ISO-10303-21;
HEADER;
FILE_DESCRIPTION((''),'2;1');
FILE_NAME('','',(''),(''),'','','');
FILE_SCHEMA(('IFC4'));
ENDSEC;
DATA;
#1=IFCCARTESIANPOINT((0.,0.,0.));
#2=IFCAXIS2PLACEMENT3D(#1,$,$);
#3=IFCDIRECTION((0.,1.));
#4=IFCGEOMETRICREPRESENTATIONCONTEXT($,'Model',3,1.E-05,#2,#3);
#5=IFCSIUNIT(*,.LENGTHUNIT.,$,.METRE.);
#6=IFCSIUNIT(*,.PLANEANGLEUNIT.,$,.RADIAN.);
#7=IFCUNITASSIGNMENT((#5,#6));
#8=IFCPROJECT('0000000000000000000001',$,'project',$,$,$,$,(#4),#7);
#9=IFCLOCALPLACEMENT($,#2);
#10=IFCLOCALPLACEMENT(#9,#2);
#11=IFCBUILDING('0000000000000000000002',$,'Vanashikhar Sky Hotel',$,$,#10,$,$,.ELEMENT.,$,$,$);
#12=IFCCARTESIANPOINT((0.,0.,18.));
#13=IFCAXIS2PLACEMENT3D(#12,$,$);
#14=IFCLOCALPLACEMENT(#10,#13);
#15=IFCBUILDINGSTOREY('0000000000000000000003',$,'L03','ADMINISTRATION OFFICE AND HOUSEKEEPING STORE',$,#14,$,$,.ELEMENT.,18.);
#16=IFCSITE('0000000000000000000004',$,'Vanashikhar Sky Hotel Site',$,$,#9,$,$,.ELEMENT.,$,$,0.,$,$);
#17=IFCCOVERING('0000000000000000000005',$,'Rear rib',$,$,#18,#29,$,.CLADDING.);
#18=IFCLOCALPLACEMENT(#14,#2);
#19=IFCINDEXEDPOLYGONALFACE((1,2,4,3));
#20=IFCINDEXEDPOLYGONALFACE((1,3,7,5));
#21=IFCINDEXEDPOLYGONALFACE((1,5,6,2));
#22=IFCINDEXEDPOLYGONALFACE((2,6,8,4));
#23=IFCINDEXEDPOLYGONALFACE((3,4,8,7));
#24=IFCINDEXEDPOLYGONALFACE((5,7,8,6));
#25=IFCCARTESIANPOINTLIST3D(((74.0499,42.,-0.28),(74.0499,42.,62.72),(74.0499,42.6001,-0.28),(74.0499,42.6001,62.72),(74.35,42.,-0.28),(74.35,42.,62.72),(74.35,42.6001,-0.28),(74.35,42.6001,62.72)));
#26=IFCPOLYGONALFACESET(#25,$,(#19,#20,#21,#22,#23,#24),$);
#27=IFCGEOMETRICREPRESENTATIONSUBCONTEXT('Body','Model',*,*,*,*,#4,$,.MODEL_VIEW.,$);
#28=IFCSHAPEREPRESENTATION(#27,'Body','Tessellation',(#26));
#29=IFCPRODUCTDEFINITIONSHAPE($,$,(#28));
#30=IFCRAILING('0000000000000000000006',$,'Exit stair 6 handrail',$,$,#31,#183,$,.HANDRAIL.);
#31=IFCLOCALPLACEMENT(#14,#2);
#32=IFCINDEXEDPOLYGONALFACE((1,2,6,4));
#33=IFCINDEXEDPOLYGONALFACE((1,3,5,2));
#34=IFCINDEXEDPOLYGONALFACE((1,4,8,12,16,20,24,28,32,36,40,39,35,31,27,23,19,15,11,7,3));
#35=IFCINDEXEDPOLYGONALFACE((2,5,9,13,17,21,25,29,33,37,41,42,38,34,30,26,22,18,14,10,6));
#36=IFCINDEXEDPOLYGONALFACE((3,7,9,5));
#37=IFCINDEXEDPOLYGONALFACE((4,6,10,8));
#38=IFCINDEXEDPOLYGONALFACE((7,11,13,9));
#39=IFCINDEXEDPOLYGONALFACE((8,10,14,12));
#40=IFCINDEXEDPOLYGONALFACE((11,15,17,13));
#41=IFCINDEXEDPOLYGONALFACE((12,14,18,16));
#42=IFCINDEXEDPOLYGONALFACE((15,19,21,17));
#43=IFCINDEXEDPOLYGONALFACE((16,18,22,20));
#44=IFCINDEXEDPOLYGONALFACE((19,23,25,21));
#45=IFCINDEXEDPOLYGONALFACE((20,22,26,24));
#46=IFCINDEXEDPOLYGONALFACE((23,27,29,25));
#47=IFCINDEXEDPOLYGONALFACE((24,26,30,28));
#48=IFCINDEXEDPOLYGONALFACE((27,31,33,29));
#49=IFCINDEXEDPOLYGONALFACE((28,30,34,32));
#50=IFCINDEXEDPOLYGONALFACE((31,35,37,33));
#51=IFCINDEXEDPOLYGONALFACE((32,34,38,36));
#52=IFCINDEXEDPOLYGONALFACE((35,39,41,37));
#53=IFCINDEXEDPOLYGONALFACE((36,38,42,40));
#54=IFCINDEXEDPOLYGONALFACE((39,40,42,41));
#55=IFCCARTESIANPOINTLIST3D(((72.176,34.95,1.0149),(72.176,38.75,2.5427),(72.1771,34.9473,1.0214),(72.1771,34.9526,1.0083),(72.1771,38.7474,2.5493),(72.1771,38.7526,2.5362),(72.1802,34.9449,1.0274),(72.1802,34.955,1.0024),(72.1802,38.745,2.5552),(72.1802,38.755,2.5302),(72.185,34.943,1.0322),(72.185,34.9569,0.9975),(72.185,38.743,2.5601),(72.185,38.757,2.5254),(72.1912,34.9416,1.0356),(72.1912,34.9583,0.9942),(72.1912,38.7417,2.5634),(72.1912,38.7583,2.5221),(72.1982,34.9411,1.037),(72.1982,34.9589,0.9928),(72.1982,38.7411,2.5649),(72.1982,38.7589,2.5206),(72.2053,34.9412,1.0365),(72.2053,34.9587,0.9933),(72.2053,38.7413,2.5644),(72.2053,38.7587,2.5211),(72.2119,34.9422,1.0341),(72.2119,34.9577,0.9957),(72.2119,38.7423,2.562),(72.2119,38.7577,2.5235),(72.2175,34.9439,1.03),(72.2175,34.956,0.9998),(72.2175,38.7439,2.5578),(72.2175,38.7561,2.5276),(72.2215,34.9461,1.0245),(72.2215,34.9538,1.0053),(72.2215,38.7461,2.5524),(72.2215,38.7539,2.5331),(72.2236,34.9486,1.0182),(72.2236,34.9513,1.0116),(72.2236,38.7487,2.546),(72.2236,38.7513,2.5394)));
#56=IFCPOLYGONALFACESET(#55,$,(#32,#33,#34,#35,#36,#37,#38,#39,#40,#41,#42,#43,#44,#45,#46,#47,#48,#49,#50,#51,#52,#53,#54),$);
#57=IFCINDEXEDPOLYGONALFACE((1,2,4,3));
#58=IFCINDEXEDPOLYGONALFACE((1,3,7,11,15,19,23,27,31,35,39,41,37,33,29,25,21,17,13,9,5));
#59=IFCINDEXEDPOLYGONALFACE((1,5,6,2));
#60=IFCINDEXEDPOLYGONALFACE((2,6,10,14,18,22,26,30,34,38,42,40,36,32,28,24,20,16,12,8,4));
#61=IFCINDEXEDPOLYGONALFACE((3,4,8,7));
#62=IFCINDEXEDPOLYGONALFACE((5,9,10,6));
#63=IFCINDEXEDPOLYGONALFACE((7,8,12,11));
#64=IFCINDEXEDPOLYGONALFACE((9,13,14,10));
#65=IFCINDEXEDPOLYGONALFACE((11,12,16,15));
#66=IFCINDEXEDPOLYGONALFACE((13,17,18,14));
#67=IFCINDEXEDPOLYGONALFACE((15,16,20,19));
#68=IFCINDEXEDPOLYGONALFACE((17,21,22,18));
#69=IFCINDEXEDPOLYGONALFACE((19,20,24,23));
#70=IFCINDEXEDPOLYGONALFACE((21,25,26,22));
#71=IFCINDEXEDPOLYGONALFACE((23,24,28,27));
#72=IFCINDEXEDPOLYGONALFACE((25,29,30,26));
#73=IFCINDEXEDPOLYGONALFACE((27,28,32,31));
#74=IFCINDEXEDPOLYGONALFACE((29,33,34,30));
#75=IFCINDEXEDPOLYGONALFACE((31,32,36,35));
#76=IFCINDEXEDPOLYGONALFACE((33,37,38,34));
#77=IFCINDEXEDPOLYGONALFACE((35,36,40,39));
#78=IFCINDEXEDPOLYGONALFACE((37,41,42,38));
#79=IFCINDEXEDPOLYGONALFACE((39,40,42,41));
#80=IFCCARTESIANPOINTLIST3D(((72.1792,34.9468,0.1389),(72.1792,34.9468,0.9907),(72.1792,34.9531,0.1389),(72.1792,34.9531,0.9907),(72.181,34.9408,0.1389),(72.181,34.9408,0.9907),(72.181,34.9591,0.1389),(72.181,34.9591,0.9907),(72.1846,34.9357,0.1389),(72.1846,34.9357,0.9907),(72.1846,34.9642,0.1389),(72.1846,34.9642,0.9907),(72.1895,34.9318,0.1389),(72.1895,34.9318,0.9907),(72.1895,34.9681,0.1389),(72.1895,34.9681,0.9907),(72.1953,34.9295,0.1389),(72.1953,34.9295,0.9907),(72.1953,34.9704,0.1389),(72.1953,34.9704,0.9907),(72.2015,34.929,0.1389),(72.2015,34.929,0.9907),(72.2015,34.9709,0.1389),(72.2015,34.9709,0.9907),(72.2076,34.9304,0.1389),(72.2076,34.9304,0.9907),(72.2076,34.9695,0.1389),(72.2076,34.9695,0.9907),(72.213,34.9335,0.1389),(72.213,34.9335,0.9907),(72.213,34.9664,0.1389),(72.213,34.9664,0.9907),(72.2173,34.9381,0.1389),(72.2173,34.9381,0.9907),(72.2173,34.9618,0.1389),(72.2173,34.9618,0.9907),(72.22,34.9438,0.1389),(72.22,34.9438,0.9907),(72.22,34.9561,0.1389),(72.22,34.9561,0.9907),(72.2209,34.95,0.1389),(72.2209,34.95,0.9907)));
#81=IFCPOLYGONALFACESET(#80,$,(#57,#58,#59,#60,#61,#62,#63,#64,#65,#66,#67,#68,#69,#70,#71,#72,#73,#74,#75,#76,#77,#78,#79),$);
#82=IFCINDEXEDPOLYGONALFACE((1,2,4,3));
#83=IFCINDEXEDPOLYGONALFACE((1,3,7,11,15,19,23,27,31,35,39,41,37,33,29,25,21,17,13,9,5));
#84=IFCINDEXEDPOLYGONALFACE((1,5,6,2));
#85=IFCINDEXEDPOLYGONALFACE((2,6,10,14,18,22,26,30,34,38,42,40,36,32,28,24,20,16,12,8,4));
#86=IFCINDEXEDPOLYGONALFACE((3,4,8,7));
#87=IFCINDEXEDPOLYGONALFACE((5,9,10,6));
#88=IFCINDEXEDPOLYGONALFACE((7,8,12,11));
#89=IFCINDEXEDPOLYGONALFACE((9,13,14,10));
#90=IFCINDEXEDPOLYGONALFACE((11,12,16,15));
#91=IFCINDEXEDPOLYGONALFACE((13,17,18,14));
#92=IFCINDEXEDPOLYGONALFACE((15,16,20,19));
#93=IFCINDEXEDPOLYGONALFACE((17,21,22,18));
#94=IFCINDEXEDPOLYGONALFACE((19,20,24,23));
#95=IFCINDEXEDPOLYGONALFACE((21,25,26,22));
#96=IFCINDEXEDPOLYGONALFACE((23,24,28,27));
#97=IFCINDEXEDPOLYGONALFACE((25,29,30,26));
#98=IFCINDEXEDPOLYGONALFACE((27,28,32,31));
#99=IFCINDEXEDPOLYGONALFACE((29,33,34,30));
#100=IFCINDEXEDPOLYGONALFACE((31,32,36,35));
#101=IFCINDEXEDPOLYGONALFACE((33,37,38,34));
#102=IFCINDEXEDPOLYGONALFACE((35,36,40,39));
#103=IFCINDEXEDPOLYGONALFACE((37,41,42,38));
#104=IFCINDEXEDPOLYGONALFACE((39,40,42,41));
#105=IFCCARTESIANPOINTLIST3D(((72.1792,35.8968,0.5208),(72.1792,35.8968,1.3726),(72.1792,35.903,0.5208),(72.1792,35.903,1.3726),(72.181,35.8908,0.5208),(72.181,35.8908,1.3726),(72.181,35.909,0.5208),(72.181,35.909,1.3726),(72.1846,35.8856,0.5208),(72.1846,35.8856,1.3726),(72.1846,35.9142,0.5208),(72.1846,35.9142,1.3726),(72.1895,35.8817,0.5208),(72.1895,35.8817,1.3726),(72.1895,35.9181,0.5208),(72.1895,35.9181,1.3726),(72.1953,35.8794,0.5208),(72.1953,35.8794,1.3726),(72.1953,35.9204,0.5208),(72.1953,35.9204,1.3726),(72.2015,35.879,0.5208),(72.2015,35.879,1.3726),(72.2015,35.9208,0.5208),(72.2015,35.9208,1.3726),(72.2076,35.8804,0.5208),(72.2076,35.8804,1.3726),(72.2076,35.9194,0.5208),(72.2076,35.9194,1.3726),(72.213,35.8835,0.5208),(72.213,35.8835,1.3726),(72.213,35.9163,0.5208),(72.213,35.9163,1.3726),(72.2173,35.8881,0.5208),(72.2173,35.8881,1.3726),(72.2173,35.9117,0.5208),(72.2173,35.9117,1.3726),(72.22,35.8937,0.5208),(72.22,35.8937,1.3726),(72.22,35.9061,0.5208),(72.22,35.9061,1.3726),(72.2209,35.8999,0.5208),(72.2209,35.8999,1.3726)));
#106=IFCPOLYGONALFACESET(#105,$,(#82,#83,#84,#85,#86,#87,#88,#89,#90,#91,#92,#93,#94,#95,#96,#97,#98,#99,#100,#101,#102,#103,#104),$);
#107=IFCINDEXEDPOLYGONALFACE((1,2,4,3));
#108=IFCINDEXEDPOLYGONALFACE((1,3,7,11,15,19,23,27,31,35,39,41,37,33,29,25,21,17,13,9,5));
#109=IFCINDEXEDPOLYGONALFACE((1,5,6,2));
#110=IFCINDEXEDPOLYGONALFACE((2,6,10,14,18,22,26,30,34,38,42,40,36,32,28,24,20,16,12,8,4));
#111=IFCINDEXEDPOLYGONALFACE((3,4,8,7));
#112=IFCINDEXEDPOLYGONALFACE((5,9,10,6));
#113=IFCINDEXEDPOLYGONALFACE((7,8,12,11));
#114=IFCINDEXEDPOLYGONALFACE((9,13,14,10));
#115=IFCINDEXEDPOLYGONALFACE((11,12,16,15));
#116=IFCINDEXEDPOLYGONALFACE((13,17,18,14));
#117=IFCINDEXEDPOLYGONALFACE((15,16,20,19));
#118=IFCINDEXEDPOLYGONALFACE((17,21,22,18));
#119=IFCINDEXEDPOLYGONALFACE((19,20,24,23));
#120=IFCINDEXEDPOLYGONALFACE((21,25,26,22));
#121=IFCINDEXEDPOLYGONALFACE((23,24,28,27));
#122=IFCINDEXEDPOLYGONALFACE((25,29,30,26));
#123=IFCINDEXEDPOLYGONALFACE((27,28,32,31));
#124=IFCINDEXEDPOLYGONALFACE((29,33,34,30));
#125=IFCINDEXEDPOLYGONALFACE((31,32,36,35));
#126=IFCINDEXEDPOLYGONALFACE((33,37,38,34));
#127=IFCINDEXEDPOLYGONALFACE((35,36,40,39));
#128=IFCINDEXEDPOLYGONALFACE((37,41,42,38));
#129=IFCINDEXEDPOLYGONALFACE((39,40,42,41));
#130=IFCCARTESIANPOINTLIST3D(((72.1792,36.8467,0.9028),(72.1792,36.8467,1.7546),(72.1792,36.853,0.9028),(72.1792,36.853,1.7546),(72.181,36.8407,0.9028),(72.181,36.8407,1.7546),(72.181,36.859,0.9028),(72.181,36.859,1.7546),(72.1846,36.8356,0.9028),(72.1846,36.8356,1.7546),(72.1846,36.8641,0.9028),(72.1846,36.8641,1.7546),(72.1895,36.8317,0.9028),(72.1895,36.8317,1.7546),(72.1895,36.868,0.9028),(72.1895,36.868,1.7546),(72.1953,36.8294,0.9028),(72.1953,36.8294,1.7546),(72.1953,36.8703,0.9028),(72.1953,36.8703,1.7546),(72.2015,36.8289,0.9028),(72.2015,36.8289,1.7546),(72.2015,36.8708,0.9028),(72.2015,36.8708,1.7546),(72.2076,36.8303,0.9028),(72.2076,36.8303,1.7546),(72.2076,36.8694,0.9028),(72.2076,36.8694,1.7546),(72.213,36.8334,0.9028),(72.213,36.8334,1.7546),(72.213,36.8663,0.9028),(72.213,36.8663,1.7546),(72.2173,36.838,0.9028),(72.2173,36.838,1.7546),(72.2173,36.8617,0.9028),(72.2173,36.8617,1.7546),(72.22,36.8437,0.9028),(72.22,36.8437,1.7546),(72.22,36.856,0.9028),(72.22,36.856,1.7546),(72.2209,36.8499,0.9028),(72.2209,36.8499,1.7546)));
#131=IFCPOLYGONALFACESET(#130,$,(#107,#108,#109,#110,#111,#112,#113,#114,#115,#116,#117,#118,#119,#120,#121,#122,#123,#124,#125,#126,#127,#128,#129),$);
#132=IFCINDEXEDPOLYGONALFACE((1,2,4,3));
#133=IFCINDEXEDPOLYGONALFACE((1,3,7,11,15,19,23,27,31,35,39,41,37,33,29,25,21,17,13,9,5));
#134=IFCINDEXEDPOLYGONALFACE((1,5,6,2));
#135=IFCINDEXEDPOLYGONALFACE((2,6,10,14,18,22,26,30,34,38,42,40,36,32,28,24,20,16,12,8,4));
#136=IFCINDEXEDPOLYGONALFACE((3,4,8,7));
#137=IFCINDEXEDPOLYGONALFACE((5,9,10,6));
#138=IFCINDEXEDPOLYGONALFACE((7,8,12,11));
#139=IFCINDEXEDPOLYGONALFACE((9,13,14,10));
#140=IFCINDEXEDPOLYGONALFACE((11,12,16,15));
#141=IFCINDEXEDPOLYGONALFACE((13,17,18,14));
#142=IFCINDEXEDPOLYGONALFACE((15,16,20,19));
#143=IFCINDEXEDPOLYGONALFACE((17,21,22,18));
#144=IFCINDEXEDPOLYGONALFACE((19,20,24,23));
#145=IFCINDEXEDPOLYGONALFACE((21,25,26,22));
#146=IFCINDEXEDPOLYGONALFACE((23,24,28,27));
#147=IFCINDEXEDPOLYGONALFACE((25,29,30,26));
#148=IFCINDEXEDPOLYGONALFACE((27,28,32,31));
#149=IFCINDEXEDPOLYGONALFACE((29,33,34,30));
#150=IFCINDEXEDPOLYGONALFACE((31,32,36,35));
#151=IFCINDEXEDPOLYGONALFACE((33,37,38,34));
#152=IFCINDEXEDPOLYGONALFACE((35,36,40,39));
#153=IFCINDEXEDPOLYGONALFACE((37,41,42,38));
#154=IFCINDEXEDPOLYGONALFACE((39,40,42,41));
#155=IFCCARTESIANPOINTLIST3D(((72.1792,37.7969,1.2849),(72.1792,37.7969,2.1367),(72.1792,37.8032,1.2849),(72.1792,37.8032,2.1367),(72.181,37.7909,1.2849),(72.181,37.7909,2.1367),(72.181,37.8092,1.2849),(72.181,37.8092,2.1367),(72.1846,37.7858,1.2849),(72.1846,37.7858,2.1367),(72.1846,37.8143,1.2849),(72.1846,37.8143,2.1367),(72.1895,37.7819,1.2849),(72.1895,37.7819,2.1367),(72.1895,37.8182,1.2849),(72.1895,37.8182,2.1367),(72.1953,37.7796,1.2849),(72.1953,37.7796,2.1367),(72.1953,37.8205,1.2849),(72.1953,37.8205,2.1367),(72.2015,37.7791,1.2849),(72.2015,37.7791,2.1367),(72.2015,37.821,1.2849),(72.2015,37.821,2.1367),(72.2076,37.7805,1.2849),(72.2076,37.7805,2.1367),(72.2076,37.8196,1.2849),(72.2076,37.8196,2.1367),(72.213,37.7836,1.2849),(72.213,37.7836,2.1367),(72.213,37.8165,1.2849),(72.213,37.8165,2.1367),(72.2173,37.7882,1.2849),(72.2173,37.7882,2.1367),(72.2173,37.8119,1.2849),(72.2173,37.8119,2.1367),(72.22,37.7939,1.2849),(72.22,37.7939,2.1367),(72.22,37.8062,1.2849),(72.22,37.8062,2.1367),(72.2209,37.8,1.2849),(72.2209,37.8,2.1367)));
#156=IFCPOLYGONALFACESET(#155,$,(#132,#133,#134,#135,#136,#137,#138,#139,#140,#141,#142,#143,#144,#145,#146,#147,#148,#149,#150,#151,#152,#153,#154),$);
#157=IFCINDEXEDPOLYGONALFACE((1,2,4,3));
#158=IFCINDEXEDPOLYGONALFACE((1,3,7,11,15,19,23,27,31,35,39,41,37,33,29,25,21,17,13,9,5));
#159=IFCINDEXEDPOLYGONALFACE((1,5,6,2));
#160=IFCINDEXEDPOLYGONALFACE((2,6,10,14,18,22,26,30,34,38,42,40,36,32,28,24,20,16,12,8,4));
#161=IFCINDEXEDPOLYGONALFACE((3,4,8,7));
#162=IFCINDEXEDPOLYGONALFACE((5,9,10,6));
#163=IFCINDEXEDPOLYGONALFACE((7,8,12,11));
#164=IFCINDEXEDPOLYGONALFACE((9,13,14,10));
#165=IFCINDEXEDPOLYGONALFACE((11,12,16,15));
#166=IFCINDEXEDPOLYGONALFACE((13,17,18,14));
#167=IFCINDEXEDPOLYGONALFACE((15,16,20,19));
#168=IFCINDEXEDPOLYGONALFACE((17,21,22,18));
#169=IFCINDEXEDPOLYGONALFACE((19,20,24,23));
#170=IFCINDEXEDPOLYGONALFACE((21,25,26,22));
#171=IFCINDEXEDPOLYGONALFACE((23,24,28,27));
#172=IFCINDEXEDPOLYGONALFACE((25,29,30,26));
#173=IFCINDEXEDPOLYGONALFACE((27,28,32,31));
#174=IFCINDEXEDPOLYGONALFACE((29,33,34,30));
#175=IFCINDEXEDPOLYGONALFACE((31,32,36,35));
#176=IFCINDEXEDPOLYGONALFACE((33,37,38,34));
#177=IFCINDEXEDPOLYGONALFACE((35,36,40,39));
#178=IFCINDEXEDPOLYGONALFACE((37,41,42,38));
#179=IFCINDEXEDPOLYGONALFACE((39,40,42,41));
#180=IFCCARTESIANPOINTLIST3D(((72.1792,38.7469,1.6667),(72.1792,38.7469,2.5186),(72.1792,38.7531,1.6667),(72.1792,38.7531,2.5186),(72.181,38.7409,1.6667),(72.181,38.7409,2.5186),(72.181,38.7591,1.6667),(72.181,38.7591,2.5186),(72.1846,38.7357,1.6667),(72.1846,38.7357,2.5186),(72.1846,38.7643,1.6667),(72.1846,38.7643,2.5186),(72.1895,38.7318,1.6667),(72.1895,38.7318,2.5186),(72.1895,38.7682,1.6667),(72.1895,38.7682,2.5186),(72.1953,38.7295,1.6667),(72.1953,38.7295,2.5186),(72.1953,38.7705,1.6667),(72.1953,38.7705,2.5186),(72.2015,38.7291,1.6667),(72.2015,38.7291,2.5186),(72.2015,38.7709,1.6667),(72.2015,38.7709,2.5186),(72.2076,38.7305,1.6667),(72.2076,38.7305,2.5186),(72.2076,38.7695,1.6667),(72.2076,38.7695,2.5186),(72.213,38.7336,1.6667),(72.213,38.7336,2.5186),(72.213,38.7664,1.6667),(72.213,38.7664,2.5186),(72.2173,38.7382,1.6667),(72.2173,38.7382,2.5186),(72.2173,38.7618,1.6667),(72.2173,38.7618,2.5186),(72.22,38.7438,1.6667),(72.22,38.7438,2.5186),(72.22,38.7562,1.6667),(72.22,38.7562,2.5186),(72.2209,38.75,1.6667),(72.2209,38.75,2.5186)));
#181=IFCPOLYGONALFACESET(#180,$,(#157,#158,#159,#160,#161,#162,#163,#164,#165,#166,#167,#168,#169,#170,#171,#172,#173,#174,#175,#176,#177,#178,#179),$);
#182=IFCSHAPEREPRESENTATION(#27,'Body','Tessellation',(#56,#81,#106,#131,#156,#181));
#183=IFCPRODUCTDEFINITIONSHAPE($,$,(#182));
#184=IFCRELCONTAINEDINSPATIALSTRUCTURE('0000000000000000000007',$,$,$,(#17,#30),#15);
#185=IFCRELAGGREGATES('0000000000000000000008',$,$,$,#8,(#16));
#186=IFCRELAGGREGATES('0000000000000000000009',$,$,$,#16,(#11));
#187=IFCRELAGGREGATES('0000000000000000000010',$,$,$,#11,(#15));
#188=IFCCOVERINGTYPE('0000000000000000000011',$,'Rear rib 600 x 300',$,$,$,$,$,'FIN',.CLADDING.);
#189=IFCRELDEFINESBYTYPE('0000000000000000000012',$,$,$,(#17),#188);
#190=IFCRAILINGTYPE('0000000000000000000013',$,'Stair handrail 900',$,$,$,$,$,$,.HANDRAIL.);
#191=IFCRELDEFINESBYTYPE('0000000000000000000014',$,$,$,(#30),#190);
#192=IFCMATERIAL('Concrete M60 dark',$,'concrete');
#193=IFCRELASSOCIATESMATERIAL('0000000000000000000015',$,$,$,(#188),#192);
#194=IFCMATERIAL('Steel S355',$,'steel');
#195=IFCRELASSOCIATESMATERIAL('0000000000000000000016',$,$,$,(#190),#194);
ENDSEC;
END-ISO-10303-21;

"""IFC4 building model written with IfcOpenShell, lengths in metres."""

from ifc_helpers import new_model, si_unit, direction, frame, origin, origin_2d, place, context, subcontext, project, spatial, rectangle, circle, extrude, source, transform, mapped, material, material_profile, profile_set, type_object, element, save


model = new_model("IFC4")

# Units and contexts
model_context = context("Model", 3, precision=1e-05, world=origin(), true_north=direction((0.0, 1.0)))
body_context = subcontext(model_context, "Body", "Model", "MODEL_VIEW")
ifc_project = project(units=[si_unit("LENGTHUNIT", "METRE"), si_unit("PLANEANGLEUNIT", "RADIAN")], contexts=[model_context])

# Site, building, storey
site_placement = place(None, origin())
site = spatial("IfcSite", under=ifc_project, at=site_placement, Name="Vanashikhar Sky Hotel Site", CompositionType="ELEMENT", RefElevation=0.0)
building_placement = place(site_placement, origin())
building = spatial("IfcBuilding", under=site, at=building_placement, Name="Vanashikhar Sky Hotel", CompositionType="ELEMENT")
storey_placement = place(building_placement, frame((0.0, 0.0, 18.0)))
storey = spatial("IfcBuildingStorey", under=building, at=storey_placement, Name="L03", Description="ADMINISTRATION OFFICE AND HOUSEKEEPING STORE", CompositionType="ELEMENT", Elevation=18.0)

# Covering
ifc_material_1 = material(Name="Concrete M60 dark", Category="concrete")
ifc_material_profile_1 = material_profile(ifc_material_1, rectangle(XDim=0.6001, YDim=0.3, at=origin_2d()))
ifc_profile_set_1 = profile_set([ifc_material_profile_1], Name="Rear rib 600 x 300")
covering_type = type_object("IfcCoveringType", Name="Rear rib 600 x 300", ElementType="FIN", PredefinedType="CLADDING", material=ifc_profile_set_1)
shared_shape_1 = source(origin(), body_context, "Body", "SweptSolid", [
    extrude(rectangle(XDim=0.6001, YDim=0.3, at=origin_2d()), origin(), (0.0, 0.0, 1.0), 63.0),
])
covering_placement = place(storey_placement, frame((74.2, 42.3, -0.28), z_axis=(0.0, 0.0, 1.0), x_axis=(0.0, 1.0, 0.0)))
element("IfcCovering", 1, at=covering_placement, inside=storey, type_object=covering_type, Name="Rear rib", PredefinedType="CLADDING", context=body_context, shape_type="MappedRepresentation", body=[
    mapped(shared_shape_1, transform((0.0, 0.0, 0.0), scale=1.0)),
])

# Railing
ifc_material_2 = material(Name="Steel S355", Category="steel")
railing_type_1 = type_object("IfcRailingType", Name="Stair handrail 900", PredefinedType="HANDRAIL", material=ifc_material_2)
shared_shape_2 = source(origin(), body_context, "Body", "SweptSolid", [
    extrude(circle(Radius=0.0239, at=origin_2d()), frame((0.0, 0.0, 0.876), z_axis=(0.0, 0.927817, 0.373034), x_axis=(-1.0, 0.0, 0.0)), (0.0, 0.0, 1.0), 4.0957),
    extrude(circle(Radius=0.021, at=origin_2d()), origin(), (0.0, 0.0, 1.0), 0.8518),
    extrude(circle(Radius=0.021, at=origin_2d()), frame((0.0, 0.95, 0.3818)), (0.0, 0.0, 1.0), 0.8518),
    extrude(circle(Radius=0.021, at=origin_2d()), frame((0.0, 1.8999, 0.7639)), (0.0, 0.0, 1.0), 0.8518),
    extrude(circle(Radius=0.021, at=origin_2d()), frame((0.0, 2.8501, 1.146)), (0.0, 0.0, 1.0), 0.8518),
    extrude(circle(Radius=0.021, at=origin_2d()), frame((0.0, 3.8, 1.5278)), (0.0, 0.0, 1.0), 0.8518),
])
for number, where, name in (
    (2, (72.2, 34.95, 0.1389), "Exit stair 6 handrail"),
):
    element("IfcRailing", number, at=place(storey_placement, frame(where)), inside=storey, type_object=railing_type_1, Name=name, PredefinedType="HANDRAIL", context=body_context, shape_type="MappedRepresentation", body=[
        mapped(shared_shape_2, transform((0.0, 0.0, 0.0), scale=1.0)),
    ])

save(model, "model.ifc")
